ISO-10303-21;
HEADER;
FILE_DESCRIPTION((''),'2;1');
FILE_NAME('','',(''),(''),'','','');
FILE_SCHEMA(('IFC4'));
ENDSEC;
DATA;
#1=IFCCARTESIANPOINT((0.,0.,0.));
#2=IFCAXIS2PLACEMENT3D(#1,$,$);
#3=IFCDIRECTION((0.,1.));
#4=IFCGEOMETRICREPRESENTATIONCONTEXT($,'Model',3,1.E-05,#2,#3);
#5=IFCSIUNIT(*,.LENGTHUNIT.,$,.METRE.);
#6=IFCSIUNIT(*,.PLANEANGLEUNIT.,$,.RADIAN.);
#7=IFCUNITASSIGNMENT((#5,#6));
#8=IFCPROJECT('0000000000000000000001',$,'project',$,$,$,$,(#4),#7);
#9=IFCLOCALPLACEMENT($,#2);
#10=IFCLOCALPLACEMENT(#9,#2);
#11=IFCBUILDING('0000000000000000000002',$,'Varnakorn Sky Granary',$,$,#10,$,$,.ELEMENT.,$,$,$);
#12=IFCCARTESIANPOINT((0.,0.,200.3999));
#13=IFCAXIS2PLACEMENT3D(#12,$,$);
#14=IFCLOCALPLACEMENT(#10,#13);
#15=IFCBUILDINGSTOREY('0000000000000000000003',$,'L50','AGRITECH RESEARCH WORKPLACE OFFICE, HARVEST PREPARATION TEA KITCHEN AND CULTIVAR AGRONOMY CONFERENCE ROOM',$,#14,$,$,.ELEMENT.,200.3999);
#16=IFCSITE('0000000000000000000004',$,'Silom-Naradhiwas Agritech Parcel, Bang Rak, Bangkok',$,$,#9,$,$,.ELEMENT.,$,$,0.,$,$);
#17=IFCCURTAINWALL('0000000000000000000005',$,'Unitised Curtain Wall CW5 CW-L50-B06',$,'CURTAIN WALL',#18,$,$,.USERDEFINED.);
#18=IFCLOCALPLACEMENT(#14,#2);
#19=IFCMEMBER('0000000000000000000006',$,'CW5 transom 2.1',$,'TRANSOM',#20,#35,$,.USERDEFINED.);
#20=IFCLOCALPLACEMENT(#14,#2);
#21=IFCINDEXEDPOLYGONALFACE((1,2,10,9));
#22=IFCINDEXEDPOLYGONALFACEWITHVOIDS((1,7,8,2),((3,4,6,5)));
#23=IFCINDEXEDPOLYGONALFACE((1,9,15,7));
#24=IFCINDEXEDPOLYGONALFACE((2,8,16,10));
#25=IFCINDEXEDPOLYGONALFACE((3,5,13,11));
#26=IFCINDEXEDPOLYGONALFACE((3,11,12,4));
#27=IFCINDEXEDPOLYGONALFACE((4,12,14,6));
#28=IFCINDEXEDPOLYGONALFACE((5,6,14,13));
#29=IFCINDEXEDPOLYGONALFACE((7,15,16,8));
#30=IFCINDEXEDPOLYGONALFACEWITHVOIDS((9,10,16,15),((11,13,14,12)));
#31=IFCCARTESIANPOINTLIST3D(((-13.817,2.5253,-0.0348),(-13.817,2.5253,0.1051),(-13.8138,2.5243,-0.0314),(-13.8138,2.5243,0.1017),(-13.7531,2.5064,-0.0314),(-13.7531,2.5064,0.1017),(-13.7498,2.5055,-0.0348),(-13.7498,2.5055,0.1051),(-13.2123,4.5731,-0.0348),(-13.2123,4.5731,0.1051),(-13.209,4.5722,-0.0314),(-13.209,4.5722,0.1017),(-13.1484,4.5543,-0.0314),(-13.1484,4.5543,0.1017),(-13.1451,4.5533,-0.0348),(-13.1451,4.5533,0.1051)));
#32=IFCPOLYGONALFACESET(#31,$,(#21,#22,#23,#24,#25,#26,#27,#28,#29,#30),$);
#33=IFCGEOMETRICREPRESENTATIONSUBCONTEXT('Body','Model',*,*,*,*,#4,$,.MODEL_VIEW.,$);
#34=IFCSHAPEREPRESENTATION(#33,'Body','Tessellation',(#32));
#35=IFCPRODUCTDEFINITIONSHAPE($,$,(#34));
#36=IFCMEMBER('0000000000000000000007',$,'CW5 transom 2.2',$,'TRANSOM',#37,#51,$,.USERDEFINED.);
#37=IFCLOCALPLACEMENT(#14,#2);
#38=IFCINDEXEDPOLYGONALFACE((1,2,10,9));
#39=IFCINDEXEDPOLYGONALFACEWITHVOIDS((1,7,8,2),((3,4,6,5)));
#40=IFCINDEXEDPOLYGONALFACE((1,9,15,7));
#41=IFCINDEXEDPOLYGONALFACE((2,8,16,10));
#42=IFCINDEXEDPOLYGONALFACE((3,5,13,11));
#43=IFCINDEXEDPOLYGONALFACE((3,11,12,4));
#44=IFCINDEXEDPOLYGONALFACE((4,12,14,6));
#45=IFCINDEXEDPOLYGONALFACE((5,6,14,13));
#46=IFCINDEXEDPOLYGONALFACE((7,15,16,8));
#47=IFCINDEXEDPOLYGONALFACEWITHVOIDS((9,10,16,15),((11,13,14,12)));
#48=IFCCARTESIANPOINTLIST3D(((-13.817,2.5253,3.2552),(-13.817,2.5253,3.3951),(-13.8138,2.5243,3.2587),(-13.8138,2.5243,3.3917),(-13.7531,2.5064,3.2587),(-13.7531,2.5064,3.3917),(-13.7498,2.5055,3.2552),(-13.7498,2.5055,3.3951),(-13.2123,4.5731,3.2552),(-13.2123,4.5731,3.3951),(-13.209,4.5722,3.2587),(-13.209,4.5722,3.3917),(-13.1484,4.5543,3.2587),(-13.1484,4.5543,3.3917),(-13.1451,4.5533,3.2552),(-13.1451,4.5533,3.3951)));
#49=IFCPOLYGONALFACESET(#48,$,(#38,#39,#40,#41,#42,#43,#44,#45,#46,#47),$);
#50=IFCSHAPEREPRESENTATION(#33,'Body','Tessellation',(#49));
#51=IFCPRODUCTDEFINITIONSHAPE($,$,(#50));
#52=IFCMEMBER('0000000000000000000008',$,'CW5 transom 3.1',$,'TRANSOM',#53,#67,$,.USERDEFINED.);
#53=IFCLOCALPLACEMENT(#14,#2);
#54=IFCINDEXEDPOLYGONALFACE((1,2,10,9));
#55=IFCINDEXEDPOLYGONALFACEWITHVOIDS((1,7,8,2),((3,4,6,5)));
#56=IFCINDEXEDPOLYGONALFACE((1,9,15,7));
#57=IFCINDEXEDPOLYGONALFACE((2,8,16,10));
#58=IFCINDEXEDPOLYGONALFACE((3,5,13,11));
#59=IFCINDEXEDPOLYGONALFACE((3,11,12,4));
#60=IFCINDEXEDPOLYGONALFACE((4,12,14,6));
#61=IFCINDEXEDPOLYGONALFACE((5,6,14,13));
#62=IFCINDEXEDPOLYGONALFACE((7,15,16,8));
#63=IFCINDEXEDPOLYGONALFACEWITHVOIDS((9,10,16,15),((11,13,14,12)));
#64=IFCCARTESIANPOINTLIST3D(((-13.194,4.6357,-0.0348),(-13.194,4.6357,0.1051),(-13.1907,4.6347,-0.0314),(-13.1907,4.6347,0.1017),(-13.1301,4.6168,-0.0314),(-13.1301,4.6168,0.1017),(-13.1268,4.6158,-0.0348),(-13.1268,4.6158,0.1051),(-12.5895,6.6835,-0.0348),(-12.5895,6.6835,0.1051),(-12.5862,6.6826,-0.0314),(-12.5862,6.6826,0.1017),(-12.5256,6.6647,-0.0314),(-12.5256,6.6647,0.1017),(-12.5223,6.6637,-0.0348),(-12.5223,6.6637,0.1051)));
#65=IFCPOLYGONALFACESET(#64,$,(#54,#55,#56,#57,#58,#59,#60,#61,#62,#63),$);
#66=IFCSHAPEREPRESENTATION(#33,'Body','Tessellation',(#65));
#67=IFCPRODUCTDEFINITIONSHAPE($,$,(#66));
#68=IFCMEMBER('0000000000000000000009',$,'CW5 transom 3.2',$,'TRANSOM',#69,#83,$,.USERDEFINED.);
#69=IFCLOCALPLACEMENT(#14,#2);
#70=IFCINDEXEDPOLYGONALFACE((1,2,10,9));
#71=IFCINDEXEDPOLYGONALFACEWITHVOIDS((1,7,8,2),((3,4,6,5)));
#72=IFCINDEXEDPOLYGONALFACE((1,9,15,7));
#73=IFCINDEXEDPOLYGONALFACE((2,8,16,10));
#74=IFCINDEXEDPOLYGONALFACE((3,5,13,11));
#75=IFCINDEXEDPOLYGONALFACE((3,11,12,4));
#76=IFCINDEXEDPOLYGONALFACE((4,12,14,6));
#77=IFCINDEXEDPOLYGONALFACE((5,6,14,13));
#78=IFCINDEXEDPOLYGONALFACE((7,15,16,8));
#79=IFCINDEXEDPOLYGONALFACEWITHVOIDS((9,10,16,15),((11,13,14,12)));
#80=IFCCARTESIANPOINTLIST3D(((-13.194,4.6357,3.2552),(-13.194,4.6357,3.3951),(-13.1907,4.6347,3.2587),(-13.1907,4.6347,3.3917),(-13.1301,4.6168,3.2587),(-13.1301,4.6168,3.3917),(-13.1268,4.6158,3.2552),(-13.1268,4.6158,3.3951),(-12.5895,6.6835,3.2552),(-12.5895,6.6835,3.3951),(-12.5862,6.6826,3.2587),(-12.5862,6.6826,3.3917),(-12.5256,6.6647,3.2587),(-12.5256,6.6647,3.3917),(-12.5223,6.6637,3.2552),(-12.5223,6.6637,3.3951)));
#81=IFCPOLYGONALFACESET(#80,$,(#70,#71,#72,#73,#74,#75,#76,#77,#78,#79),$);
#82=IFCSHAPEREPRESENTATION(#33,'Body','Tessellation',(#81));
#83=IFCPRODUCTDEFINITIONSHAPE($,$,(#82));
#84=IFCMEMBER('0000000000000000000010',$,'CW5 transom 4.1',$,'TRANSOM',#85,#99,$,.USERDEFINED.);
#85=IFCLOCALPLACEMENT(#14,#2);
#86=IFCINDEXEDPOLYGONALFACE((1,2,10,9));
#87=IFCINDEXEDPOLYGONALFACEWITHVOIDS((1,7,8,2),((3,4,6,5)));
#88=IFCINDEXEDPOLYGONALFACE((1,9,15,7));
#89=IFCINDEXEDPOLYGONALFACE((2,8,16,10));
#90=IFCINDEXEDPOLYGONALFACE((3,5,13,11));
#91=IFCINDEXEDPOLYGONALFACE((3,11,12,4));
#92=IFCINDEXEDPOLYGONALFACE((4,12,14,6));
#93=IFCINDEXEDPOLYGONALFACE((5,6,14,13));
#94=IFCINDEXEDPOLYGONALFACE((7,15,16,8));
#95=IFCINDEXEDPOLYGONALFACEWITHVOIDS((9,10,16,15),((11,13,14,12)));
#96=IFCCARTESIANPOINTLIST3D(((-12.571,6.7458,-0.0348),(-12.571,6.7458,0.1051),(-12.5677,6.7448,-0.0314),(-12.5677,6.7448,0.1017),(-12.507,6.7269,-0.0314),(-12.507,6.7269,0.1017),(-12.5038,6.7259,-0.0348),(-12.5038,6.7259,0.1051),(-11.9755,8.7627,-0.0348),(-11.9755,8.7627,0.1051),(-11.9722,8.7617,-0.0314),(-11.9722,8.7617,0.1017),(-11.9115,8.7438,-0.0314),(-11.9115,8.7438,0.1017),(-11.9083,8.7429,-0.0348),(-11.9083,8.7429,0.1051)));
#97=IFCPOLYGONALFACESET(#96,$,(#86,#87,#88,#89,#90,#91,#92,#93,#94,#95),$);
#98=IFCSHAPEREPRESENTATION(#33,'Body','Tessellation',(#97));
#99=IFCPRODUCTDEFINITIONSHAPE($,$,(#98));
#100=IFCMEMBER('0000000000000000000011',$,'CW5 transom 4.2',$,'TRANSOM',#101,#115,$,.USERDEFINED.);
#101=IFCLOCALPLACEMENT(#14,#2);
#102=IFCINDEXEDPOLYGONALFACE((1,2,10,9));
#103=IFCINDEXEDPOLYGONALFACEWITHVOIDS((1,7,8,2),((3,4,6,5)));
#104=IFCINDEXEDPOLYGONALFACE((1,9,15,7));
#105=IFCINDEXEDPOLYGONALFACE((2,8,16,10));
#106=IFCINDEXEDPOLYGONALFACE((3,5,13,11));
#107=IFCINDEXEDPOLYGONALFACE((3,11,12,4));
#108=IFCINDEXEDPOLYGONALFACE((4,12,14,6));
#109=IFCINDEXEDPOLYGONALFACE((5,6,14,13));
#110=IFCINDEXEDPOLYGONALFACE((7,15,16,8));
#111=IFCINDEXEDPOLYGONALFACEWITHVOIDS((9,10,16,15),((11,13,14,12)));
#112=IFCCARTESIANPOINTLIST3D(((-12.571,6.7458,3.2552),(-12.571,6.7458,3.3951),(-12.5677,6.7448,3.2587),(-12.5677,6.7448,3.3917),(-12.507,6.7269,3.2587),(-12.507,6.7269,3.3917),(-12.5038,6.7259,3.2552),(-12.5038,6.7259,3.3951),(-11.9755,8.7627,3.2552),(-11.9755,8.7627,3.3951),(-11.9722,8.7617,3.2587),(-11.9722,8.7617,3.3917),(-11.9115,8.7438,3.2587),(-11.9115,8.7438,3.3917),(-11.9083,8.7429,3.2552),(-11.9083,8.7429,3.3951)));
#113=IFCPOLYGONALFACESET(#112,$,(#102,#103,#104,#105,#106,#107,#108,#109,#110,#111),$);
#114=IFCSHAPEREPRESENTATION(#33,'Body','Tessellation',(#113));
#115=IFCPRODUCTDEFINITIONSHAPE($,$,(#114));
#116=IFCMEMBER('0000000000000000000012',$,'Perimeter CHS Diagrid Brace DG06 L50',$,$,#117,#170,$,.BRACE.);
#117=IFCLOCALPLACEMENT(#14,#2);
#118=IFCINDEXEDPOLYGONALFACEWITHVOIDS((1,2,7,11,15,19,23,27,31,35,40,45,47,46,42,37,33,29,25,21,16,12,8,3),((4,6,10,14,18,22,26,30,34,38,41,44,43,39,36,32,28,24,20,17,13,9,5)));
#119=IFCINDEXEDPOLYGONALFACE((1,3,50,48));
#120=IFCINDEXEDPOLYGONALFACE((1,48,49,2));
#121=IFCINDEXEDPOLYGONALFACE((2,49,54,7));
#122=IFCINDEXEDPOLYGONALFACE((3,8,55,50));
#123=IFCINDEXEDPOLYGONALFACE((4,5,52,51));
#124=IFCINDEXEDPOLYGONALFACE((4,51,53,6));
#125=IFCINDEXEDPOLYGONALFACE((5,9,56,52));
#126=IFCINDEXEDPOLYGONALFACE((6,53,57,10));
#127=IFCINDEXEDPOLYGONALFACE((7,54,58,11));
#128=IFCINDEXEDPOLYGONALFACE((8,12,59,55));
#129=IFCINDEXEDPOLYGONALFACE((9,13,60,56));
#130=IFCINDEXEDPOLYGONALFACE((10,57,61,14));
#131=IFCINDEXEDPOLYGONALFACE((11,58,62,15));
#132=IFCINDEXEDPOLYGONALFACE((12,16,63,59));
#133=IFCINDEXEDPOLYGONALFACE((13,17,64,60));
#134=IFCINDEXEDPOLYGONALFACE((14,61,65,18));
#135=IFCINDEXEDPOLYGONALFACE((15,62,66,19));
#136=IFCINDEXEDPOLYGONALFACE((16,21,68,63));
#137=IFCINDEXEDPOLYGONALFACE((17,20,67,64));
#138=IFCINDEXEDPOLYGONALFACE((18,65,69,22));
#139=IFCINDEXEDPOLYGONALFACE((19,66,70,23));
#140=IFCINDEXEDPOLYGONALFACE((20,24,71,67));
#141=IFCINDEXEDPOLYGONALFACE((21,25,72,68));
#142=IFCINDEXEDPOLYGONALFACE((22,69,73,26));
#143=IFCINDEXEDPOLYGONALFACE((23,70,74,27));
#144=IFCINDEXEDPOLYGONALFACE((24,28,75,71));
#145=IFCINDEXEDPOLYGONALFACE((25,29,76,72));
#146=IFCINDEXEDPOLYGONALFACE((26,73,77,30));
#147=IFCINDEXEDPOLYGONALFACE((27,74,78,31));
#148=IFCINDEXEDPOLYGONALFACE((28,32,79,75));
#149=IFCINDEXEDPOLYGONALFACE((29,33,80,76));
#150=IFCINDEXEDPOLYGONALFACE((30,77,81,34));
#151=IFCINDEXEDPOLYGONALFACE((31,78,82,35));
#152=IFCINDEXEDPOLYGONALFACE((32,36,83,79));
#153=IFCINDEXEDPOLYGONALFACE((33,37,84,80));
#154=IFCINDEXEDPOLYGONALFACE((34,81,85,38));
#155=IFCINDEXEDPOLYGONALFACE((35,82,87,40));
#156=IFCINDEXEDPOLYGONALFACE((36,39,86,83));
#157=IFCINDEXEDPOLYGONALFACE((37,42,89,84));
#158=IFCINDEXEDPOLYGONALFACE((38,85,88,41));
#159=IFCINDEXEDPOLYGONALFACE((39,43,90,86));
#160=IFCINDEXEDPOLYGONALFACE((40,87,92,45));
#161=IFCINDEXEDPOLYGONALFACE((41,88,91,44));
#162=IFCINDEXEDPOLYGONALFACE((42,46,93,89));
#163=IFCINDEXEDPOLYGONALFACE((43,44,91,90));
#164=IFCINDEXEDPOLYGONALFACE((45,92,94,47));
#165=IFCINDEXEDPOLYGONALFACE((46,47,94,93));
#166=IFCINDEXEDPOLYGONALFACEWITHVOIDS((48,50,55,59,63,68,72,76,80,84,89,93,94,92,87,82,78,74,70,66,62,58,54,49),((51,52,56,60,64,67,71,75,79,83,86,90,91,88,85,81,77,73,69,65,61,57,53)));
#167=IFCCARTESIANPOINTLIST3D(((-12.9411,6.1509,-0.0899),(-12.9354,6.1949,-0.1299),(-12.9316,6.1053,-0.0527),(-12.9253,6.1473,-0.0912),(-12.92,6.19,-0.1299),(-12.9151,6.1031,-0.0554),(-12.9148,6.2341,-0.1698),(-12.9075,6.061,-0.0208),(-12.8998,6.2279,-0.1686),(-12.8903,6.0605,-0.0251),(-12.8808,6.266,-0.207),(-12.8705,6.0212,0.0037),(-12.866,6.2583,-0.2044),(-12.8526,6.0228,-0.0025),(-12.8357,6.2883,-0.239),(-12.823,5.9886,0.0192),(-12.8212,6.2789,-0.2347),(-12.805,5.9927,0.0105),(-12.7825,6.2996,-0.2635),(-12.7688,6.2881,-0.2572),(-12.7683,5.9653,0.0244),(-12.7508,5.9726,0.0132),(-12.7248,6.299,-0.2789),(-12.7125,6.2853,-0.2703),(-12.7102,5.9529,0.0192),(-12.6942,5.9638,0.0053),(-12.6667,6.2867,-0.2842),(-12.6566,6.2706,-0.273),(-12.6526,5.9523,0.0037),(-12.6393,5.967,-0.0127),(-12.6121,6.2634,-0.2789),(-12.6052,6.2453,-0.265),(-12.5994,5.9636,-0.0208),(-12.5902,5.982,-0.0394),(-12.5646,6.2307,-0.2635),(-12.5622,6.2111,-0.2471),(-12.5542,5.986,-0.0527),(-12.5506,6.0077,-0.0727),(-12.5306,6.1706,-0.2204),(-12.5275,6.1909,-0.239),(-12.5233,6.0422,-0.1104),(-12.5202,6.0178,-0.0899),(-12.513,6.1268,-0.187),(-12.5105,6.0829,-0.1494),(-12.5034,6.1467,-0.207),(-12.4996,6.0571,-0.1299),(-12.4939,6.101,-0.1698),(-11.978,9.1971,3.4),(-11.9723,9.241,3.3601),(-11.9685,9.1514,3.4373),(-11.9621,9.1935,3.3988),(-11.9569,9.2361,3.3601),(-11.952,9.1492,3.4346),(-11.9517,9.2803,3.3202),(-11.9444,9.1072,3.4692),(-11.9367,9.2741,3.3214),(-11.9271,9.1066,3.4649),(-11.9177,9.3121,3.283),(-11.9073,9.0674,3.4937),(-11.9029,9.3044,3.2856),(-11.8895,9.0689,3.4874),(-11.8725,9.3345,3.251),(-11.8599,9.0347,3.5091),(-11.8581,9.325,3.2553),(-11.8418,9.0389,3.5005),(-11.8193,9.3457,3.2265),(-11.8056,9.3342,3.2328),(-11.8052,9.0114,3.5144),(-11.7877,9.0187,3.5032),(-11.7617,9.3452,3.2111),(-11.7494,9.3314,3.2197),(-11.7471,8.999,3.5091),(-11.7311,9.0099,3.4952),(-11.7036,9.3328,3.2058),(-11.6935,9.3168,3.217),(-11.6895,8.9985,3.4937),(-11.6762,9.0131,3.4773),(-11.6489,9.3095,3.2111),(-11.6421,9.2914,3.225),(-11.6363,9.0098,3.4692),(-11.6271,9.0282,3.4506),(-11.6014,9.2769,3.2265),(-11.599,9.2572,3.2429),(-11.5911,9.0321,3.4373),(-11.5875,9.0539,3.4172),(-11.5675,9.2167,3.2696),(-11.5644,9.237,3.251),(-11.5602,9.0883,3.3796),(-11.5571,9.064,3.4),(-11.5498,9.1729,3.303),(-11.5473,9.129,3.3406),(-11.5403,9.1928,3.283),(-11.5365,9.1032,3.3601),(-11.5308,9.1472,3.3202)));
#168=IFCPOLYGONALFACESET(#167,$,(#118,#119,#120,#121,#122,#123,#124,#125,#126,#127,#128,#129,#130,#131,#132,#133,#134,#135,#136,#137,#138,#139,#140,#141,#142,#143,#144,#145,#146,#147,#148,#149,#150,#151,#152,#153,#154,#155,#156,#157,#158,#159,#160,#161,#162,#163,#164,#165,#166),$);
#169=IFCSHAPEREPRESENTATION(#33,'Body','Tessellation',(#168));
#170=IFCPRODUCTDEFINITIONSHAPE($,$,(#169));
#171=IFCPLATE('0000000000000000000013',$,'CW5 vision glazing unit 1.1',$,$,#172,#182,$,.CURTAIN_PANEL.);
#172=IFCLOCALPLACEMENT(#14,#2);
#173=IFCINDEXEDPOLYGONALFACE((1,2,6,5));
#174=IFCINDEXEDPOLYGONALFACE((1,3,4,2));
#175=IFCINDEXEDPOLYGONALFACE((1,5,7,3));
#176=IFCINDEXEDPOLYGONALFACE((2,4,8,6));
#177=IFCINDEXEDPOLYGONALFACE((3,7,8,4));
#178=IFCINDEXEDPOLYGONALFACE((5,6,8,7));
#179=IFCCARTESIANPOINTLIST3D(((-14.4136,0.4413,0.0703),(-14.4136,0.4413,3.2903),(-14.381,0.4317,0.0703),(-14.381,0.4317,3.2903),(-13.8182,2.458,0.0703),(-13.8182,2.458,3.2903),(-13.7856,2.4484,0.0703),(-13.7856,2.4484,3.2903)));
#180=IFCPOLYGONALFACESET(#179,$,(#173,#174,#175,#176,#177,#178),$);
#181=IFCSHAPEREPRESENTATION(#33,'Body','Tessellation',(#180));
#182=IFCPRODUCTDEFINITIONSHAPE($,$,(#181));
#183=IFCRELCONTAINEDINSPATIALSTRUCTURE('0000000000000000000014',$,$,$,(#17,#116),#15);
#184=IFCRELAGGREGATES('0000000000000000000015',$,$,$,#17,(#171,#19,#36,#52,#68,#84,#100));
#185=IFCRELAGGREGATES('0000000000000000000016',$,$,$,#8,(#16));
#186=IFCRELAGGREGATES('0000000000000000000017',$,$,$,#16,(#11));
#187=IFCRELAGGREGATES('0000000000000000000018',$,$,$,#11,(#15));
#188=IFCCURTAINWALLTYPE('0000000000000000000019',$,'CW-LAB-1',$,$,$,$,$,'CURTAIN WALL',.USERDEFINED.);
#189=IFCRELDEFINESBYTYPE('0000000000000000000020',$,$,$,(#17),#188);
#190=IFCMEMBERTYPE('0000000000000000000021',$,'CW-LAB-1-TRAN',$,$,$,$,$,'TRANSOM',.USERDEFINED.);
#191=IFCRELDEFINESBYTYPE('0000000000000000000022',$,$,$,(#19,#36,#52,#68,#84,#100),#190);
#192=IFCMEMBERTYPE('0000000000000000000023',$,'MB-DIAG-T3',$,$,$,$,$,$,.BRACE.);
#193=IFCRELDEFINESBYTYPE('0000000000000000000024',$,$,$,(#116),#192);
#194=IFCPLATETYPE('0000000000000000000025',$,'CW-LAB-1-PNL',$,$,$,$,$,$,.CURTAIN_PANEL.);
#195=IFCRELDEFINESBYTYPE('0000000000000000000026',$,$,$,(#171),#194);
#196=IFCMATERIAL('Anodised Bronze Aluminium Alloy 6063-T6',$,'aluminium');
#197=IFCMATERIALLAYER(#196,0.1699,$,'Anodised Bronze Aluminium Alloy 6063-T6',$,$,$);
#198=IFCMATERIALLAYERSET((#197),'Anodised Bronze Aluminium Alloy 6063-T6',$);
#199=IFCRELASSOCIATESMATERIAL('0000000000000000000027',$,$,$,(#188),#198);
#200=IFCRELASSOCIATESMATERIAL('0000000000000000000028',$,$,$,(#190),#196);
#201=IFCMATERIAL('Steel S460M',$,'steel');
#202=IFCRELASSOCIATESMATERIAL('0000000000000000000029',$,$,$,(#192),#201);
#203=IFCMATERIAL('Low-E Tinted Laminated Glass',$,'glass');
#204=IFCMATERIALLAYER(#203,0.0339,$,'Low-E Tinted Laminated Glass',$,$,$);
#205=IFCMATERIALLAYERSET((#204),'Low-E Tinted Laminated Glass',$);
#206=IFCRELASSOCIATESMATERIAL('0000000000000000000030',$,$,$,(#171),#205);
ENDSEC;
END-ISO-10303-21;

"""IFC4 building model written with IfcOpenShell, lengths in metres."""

from ifc_helpers import new_model, si_unit, direction, frame, origin, origin_2d, place, context, subcontext, project, spatial, rectangle, hollow_rectangle, hollow_circle, extrude, source, transform, mapped, material, layer, layer_set, material_profile, profile_set, type_object, element, aggregate, save


model = new_model("IFC4")

# Units and contexts
model_context = context("Model", 3, precision=1e-05, world=origin(), true_north=direction((0.0, 1.0)))
body_context = subcontext(model_context, "Body", "Model", "MODEL_VIEW")
ifc_project = project(units=[si_unit("LENGTHUNIT", "METRE"), si_unit("PLANEANGLEUNIT", "RADIAN")], contexts=[model_context])

# Site, building, storey
site_placement = place(None, origin())
site = spatial("IfcSite", under=ifc_project, at=site_placement, Name="Silom-Naradhiwas Agritech Parcel, Bang Rak, Bangkok", CompositionType="ELEMENT", RefElevation=0.0)
building_placement = place(site_placement, origin())
building = spatial("IfcBuilding", under=site, at=building_placement, Name="Varnakorn Sky Granary", CompositionType="ELEMENT")
storey_placement = place(building_placement, frame((0.0, 0.0, 200.3999)))
storey = spatial("IfcBuildingStorey", under=building, at=storey_placement, Name="L50", Description="AGRITECH RESEARCH WORKPLACE OFFICE, HARVEST PREPARATION TEA KITCHEN AND CULTIVAR AGRONOMY CONFERENCE ROOM", CompositionType="ELEMENT", Elevation=200.3999)

# Shared definitions
ifc_material_1 = material(Name="Steel S460M", Category="steel")

# Shared definitions
ifc_material_2 = material(Name="Anodised Bronze Aluminium Alloy 6063-T6", Category="aluminium")
ifc_layer_1 = layer(ifc_material_2, 0.1699, Name="Anodised Bronze Aluminium Alloy 6063-T6")
ifc_layer_set_1 = layer_set([ifc_layer_1], Name="Anodised Bronze Aluminium Alloy 6063-T6")
curtain_wall_type = type_object("IfcCurtainWallType", Name="CW-LAB-1", ElementType="CURTAIN WALL", PredefinedType="USERDEFINED", material=ifc_layer_set_1)

# Curtain wall, members
curtain_wall_1_placement = place(storey_placement, origin())
curtain_wall_1 = element("IfcCurtainWall", 1, at=curtain_wall_1_placement, inside=storey, type_object=curtain_wall_type, Name="Unitised Curtain Wall CW5 CW-L50-B06", ObjectType="CURTAIN WALL", PredefinedType="USERDEFINED")
ifc_material_profile_1 = material_profile(ifc_material_2, hollow_rectangle(XDim=0.0701, YDim=0.1399, WallThickness=0.0034, at=origin_2d()), Name="ALU TRAN 70x140")
ifc_profile_set_1 = profile_set([ifc_material_profile_1], Name="Anodised Bronze Aluminium Alloy 6063-T6")
member_type_1 = type_object("IfcMemberType", Name="CW-LAB-1-TRAN", ElementType="TRANSOM", PredefinedType="USERDEFINED", material=ifc_profile_set_1)
member_1_placement = place(storey_placement, frame((-13.7834, 2.5154, 0.0352), z_axis=(0.283212, 0.959057, 0.0), x_axis=(-0.959057, 0.283212, 0.0)))
member_1 = element("IfcMember", 2, at=member_1_placement, type_object=member_type_1, Name="CW5 transom 2.1", ObjectType="TRANSOM", PredefinedType="USERDEFINED", context=body_context, shape_type="SweptSolid", body=[
    extrude(hollow_rectangle(XDim=0.0701, YDim=0.1399, WallThickness=0.0034, at=origin_2d()), origin(), (0.0, 0.0, 1.0), 2.1353),
])
member_2_placement = place(storey_placement, frame((-13.7834, 2.5154, 3.3252), z_axis=(0.283212, 0.959057, 0.0), x_axis=(-0.959057, 0.283212, 0.0)))
member_2 = element("IfcMember", 3, at=member_2_placement, type_object=member_type_1, Name="CW5 transom 2.2", ObjectType="TRANSOM", PredefinedType="USERDEFINED", context=body_context, shape_type="SweptSolid", body=[
    extrude(hollow_rectangle(XDim=0.0701, YDim=0.1399, WallThickness=0.0034, at=origin_2d()), origin(), (0.0, 0.0, 1.0), 2.1353),
])
member_3_placement = place(storey_placement, frame((-13.1604, 4.6257, 0.0352), z_axis=(0.283107, 0.959088, 0.0), x_axis=(-0.959088, 0.283107, 0.0)))
member_3 = element("IfcMember", 4, at=member_3_placement, type_object=member_type_1, Name="CW5 transom 3.1", ObjectType="TRANSOM", PredefinedType="USERDEFINED", context=body_context, shape_type="SweptSolid", body=[
    extrude(hollow_rectangle(XDim=0.0701, YDim=0.1399, WallThickness=0.0034, at=origin_2d()), origin(), (0.0, 0.0, 1.0), 2.1353),
])
member_4_placement = place(storey_placement, frame((-13.1604, 4.6257, 3.3252), z_axis=(0.283107, 0.959088, 0.0), x_axis=(-0.959088, 0.283107, 0.0)))
member_4 = element("IfcMember", 5, at=member_4_placement, type_object=member_type_1, Name="CW5 transom 3.2", ObjectType="TRANSOM", PredefinedType="USERDEFINED", context=body_context, shape_type="SweptSolid", body=[
    extrude(hollow_rectangle(XDim=0.0701, YDim=0.1399, WallThickness=0.0034, at=origin_2d()), origin(), (0.0, 0.0, 1.0), 2.1353),
])
member_5_placement = place(storey_placement, frame((-12.5374, 6.7358, 0.0352), z_axis=(0.283159, 0.959073, 0.0), x_axis=(-0.959073, 0.283159, 0.0)))
member_5 = element("IfcMember", 6, at=member_5_placement, type_object=member_type_1, Name="CW5 transom 4.1", ObjectType="TRANSOM", PredefinedType="USERDEFINED", context=body_context, shape_type="SweptSolid", body=[
    extrude(hollow_rectangle(XDim=0.0701, YDim=0.1399, WallThickness=0.0034, at=origin_2d()), origin(), (0.0, 0.0, 1.0), 2.103),
])
member_6_placement = place(storey_placement, frame((-12.5374, 6.7358, 3.3252), z_axis=(0.283159, 0.959073, 0.0), x_axis=(-0.959073, 0.283159, 0.0)))
member_6 = element("IfcMember", 7, at=member_6_placement, type_object=member_type_1, Name="CW5 transom 4.2", ObjectType="TRANSOM", PredefinedType="USERDEFINED", context=body_context, shape_type="SweptSolid", body=[
    extrude(hollow_rectangle(XDim=0.0701, YDim=0.1399, WallThickness=0.0034, at=origin_2d()), origin(), (0.0, 0.0, 1.0), 2.103),
])

# Member
ifc_material_profile_2 = material_profile(ifc_material_1, hollow_circle(Radius=0.2285, WallThickness=0.0161, at=origin_2d()), Name="CHS 457x16")
ifc_profile_set_2 = profile_set([ifc_material_profile_2], Name="Steel S460M")
member_type_2 = type_object("IfcMemberType", Name="MB-DIAG-T3", PredefinedType="BRACE", material=ifc_profile_set_2)
member_7_placement = place(storey_placement, frame((-12.7175, 6.126, -0.1299), z_axis=(0.20356, 0.643807, 0.737615), x_axis=(-0.953475, 0.301471, 0.0)))
element("IfcMember", 8, at=member_7_placement, inside=storey, type_object=member_type_2, Name="Perimeter CHS Diagrid Brace DG06 L50", PredefinedType="BRACE", context=body_context, shape_type="SweptSolid", body=[
    extrude(hollow_circle(Radius=0.2285, WallThickness=0.0161, at=origin_2d()), origin(), (0.0, 0.0, 1.0), 4.7314),
])

# Plate
ifc_material_3 = material(Name="Low-E Tinted Laminated Glass", Category="glass")
ifc_layer_2 = layer(ifc_material_3, 0.0339, Name="Low-E Tinted Laminated Glass")
ifc_layer_set_2 = layer_set([ifc_layer_2], Name="Low-E Tinted Laminated Glass")
plate_type = type_object("IfcPlateType", Name="CW-LAB-1-PNL", PredefinedType="CURTAIN_PANEL")
shared_shape_1 = source(origin(), body_context, "Body", "SweptSolid", [
    extrude(rectangle(XDim=2.1028, YDim=0.0339, at=origin_2d()), origin(), (0.0, 0.0, 1.0), 3.22),
])
plate_1_placement = place(storey_placement, frame((-14.0996, 1.4448, 0.0703), z_axis=(0.0, 0.0, 1.0), x_axis=(0.283144, 0.959077, 0.0)))
plate_1 = element("IfcPlate", 9, at=plate_1_placement, type_object=plate_type, material=ifc_layer_set_2, Name="CW5 vision glazing unit 1.1", PredefinedType="CURTAIN_PANEL", context=body_context, shape_type="MappedRepresentation", body=[
    mapped(shared_shape_1, transform((0.0, 0.0, 0.0), x_axis=(1.0, 0.0, 0.0), y_axis=(0.0, 1.0, 0.0), z_axis=(0.0, 0.0, 1.0), scale=1.0)),
])
aggregate(curtain_wall_1, [plate_1, member_1, member_2, member_3, member_4, member_5, member_6])

save(model, "model.ifc")
